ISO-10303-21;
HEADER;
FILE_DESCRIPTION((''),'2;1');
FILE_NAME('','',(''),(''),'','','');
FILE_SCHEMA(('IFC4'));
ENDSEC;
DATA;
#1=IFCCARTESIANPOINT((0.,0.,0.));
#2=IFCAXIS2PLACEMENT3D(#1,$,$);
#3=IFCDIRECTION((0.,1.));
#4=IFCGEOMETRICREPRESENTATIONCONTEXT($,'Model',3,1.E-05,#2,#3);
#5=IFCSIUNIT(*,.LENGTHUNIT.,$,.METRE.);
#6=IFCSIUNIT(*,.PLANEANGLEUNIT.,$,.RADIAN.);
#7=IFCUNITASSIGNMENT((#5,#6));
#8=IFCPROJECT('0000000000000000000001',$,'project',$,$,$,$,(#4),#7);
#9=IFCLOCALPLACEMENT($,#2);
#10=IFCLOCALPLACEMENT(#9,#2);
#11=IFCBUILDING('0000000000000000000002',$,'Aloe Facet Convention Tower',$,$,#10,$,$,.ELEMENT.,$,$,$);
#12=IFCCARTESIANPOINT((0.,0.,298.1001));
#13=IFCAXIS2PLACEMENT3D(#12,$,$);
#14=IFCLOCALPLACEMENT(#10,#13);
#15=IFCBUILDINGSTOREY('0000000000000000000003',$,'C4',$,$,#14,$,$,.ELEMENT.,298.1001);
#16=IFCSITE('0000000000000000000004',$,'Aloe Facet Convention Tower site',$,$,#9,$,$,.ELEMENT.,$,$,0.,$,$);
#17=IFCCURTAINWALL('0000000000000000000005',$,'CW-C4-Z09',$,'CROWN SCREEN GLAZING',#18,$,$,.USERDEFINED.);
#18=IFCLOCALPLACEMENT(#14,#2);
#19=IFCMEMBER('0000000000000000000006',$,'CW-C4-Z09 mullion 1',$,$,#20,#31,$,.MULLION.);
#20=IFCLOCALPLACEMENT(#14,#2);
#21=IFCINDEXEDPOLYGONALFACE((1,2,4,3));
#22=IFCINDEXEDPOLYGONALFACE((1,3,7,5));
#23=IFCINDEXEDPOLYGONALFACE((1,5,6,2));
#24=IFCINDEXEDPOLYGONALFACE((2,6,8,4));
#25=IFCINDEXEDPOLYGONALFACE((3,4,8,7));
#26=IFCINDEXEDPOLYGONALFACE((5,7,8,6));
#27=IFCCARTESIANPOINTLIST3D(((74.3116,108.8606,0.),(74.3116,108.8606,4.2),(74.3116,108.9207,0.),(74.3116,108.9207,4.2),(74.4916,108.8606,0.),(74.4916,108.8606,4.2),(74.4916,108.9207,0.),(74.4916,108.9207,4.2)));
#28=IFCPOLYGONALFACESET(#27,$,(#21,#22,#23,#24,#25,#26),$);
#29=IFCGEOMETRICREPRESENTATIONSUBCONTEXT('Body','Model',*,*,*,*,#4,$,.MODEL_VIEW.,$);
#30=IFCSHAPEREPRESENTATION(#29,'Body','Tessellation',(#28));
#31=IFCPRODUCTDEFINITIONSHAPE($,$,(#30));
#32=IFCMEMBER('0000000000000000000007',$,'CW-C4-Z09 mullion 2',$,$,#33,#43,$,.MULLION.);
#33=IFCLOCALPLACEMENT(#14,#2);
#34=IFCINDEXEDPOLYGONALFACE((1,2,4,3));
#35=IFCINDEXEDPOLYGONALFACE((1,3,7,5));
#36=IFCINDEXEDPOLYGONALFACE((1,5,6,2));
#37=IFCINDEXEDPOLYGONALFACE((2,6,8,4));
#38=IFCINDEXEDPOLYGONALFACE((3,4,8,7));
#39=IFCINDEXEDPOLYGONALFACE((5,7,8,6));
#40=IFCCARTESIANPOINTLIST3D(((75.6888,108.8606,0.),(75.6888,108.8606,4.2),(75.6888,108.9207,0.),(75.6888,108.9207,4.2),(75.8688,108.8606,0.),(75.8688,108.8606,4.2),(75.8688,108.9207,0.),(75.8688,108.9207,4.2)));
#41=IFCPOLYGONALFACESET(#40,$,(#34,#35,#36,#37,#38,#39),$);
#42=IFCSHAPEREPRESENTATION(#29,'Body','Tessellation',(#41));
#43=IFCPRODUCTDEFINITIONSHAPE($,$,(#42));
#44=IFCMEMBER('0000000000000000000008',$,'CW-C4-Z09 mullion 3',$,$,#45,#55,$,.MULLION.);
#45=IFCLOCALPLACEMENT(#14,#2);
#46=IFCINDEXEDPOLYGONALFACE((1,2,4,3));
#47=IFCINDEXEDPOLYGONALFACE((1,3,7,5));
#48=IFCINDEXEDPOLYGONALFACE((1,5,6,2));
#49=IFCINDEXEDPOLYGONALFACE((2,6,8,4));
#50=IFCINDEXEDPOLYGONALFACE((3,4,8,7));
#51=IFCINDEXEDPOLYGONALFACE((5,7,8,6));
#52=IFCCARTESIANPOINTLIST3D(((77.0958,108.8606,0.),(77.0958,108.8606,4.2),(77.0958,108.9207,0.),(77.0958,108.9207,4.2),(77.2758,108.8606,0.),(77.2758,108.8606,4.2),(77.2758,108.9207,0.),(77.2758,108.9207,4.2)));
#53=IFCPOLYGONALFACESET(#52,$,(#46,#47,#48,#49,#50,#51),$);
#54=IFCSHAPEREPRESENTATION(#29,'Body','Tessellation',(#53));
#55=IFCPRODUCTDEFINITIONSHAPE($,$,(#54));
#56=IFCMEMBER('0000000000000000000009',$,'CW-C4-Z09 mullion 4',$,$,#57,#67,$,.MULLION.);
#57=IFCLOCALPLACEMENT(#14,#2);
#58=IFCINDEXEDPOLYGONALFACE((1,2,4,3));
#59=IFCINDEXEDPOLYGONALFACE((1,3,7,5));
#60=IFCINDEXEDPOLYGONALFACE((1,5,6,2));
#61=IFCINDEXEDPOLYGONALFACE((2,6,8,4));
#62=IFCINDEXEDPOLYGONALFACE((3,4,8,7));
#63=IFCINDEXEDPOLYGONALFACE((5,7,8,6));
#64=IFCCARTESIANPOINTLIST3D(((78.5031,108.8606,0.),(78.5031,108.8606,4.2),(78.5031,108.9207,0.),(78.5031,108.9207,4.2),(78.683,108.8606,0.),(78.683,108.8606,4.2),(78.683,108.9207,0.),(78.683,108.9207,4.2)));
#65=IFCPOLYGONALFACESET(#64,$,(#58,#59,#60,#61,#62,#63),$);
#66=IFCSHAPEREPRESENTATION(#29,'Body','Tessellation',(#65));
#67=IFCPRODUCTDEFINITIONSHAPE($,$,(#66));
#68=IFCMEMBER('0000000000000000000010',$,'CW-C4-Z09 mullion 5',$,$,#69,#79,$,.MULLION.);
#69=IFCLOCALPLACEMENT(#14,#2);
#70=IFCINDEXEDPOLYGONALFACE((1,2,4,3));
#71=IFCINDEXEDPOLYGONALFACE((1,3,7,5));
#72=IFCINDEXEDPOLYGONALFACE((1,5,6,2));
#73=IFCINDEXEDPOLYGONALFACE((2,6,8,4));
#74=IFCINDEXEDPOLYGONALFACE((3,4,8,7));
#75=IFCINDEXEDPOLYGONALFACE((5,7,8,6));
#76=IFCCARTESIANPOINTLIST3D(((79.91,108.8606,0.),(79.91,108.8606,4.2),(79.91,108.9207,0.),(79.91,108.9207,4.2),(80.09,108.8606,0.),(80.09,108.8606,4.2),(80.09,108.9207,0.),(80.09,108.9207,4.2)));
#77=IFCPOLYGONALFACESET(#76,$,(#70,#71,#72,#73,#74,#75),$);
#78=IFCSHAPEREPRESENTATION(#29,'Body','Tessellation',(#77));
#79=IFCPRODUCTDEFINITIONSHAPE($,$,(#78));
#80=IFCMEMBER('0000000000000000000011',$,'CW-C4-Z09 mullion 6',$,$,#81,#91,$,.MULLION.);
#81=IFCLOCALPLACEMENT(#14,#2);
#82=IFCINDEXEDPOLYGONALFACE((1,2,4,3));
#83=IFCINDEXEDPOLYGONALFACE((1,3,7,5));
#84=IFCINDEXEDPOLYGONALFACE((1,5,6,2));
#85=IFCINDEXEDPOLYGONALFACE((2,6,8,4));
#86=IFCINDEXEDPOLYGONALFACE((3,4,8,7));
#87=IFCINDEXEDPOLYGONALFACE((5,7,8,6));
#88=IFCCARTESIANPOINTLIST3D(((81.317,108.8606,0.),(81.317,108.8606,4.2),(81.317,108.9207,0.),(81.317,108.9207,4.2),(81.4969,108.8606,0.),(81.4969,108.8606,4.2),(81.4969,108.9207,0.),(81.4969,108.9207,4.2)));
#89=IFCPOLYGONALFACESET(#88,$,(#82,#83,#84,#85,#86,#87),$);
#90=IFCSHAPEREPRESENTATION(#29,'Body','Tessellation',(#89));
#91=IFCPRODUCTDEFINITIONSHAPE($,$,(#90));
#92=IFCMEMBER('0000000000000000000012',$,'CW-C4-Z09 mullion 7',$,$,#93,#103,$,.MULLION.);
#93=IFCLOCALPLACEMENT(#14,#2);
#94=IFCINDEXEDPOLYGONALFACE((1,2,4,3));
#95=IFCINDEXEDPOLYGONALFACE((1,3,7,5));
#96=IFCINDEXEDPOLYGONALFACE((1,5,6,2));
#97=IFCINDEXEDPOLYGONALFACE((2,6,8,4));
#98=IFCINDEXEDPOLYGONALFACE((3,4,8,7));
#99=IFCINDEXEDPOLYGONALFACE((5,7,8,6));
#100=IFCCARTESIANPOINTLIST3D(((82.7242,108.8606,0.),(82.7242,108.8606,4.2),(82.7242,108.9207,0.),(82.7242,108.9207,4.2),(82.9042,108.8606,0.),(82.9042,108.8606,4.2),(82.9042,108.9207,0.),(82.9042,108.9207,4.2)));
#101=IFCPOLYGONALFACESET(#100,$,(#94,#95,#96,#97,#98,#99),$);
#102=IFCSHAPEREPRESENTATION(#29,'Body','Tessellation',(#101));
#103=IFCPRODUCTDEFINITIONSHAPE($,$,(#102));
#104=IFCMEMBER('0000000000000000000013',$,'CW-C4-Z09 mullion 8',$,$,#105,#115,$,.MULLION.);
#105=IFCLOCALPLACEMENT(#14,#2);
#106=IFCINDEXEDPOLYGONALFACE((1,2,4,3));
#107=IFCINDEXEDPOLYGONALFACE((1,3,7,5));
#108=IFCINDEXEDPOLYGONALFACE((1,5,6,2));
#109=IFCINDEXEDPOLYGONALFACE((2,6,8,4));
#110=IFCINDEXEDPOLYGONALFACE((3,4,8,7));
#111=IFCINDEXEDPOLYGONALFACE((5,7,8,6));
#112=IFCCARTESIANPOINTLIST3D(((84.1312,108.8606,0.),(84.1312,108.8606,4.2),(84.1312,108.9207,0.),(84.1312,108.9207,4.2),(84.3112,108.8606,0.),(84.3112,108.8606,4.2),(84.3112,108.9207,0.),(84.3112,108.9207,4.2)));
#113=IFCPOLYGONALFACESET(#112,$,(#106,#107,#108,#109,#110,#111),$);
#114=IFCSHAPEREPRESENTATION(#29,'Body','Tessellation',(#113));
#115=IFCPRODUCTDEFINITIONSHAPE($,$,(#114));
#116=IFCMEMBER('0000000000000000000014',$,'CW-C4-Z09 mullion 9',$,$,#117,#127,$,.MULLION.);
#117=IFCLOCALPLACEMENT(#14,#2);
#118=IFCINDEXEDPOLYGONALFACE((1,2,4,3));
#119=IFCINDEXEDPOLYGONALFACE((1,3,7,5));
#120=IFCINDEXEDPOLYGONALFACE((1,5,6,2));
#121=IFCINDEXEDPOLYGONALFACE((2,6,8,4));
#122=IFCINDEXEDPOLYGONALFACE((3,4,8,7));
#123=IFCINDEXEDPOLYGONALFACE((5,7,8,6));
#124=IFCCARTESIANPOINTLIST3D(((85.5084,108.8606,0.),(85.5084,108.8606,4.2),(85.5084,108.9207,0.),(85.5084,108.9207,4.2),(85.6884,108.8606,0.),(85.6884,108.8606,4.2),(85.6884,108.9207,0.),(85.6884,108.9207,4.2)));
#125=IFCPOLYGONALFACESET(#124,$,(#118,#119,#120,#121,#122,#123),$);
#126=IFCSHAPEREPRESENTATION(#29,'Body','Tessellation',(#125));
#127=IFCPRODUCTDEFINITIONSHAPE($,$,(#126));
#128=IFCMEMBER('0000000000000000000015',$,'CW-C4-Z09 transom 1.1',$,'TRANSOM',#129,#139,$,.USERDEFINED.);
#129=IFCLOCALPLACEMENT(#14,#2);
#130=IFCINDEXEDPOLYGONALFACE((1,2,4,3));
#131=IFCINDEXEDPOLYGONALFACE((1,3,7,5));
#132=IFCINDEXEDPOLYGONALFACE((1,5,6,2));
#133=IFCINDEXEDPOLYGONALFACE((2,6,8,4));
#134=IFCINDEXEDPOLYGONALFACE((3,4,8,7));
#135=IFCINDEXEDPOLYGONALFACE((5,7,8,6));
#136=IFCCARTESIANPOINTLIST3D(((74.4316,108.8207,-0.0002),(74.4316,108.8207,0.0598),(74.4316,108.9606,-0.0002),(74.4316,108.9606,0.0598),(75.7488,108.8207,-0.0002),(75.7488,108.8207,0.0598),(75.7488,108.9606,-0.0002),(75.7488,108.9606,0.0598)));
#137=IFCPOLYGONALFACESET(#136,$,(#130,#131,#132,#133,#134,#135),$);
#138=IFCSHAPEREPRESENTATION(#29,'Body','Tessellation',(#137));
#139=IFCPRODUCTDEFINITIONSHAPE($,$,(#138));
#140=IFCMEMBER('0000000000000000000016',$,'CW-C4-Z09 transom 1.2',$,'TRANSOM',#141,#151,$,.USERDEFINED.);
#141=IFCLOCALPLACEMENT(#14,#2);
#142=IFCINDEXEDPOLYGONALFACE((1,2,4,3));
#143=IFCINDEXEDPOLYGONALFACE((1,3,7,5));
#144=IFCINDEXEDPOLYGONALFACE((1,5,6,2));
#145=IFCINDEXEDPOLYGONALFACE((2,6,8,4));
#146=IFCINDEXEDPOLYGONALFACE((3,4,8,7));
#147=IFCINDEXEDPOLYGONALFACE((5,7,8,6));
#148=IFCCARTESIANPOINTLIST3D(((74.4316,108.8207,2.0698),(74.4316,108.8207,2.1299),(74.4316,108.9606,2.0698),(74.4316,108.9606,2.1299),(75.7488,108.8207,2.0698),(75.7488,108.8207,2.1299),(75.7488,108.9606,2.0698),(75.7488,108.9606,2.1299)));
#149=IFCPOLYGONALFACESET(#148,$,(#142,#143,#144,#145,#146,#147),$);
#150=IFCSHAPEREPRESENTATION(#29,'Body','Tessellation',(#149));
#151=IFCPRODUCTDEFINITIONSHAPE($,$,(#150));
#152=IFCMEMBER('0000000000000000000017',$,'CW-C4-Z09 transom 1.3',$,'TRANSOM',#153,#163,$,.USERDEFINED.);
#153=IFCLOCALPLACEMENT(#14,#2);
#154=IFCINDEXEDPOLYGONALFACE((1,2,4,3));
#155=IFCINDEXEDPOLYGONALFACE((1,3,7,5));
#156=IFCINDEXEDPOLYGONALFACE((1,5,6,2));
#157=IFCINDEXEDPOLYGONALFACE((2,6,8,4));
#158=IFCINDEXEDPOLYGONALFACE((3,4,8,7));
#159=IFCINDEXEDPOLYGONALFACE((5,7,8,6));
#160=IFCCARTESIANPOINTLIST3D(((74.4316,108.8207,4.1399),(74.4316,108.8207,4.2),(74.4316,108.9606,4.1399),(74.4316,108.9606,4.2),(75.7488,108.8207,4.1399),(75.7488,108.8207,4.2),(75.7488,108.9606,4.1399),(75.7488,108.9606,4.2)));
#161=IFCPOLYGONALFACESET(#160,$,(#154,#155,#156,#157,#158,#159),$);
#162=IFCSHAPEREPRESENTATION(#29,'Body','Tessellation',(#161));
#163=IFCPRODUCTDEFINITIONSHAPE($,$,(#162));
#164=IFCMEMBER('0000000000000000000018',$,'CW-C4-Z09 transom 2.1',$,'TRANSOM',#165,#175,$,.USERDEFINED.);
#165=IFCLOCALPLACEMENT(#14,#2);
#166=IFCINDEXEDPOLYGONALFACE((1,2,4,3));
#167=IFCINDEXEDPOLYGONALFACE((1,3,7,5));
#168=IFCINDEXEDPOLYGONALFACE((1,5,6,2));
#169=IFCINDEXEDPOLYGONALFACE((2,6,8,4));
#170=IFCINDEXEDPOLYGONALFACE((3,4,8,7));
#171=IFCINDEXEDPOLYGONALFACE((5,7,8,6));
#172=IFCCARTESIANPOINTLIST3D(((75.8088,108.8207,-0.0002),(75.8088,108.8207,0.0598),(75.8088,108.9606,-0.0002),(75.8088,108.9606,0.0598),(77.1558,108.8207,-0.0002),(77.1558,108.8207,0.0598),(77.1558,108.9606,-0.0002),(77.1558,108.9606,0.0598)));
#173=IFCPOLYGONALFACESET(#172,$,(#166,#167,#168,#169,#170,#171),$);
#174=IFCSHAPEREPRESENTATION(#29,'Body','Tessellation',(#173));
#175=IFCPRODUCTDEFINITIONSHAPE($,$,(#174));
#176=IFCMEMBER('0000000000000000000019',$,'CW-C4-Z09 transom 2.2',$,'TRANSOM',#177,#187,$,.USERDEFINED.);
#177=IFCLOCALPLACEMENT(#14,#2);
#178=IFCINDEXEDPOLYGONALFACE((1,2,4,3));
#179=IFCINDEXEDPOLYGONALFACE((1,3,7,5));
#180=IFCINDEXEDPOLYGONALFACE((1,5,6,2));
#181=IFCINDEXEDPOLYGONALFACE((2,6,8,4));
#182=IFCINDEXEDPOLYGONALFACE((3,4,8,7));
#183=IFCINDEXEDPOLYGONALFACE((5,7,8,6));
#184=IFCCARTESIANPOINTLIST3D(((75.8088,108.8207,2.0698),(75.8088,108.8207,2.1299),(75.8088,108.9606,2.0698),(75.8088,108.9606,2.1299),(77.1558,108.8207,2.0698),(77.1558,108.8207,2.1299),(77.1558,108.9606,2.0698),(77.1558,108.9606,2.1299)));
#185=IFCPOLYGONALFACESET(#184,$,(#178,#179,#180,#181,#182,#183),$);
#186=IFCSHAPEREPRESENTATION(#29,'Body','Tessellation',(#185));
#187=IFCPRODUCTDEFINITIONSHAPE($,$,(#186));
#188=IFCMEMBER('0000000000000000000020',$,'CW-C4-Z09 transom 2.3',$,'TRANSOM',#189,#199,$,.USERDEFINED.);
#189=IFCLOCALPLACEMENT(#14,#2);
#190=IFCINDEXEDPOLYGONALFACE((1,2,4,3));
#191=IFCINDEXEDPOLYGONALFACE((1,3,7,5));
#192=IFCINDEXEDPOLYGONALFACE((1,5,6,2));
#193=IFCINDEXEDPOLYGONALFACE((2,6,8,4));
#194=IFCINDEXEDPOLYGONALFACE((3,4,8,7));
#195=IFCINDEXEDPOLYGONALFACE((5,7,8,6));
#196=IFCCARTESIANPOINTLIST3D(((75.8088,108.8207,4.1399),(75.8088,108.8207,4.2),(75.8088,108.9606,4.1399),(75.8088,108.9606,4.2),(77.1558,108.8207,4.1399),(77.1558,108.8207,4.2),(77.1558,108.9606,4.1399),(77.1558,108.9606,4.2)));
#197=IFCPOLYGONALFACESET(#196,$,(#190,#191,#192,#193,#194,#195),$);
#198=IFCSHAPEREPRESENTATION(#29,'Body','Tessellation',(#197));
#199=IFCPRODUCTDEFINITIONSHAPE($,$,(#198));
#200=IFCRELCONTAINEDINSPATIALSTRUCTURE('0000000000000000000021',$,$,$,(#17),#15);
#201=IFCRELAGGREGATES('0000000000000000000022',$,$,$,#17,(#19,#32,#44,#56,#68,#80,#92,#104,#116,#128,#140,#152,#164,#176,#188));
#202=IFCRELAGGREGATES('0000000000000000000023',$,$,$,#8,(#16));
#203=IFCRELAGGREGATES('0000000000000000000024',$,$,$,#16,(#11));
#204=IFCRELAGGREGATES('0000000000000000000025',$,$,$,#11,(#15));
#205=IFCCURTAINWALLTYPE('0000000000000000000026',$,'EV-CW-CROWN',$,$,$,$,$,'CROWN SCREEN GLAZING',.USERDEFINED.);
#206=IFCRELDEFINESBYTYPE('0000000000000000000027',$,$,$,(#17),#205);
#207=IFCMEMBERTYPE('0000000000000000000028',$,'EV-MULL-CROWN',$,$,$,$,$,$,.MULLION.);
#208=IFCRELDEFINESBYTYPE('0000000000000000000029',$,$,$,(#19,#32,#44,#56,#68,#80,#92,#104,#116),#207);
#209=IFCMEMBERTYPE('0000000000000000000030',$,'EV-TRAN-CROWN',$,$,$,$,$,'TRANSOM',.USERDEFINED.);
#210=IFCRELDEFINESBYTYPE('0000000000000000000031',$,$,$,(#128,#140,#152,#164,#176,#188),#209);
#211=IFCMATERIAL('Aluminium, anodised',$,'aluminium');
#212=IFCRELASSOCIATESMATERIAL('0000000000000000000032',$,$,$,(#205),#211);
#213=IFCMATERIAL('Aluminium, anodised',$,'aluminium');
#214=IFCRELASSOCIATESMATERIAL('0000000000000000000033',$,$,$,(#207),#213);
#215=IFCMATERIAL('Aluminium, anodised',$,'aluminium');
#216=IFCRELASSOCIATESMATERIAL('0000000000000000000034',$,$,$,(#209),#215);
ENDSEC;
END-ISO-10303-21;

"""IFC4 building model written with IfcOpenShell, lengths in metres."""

from ifc_helpers import new_model, si_unit, direction, frame, origin, origin_2d, place, context, subcontext, project, spatial, rectangle, extrude, material, material_profile, profile_set, type_object, element, aggregate, save


model = new_model("IFC4")

# Units and contexts
model_context = context("Model", 3, precision=1e-05, world=origin(), true_north=direction((0.0, 1.0)))
body_context = subcontext(model_context, "Body", "Model", "MODEL_VIEW")
ifc_project = project(units=[si_unit("LENGTHUNIT", "METRE"), si_unit("PLANEANGLEUNIT", "RADIAN")], contexts=[model_context])

# Site, building, storey
site_placement = place(None, origin())
site = spatial("IfcSite", under=ifc_project, at=site_placement, Name="Aloe Facet Convention Tower site", CompositionType="ELEMENT", RefElevation=0.0)
building_placement = place(site_placement, origin())
building = spatial("IfcBuilding", under=site, at=building_placement, Name="Aloe Facet Convention Tower", CompositionType="ELEMENT")
storey_placement = place(building_placement, frame((0.0, 0.0, 298.1001)))
storey = spatial("IfcBuildingStorey", under=building, at=storey_placement, Name="C4", CompositionType="ELEMENT", Elevation=298.1001)

# Curtain wall, members
ifc_material_1 = material(Name="Aluminium, anodised", Category="aluminium")
curtain_wall_type = type_object("IfcCurtainWallType", Name="EV-CW-CROWN", ElementType="CROWN SCREEN GLAZING", PredefinedType="USERDEFINED", material=ifc_material_1)
curtain_wall_placement = place(storey_placement, origin())
curtain_wall = element("IfcCurtainWall", 1, at=curtain_wall_placement, inside=storey, type_object=curtain_wall_type, Name="CW-C4-Z09", ObjectType="CROWN SCREEN GLAZING", PredefinedType="USERDEFINED")
ifc_material_2 = material(Name="Aluminium, anodised", Category="aluminium")
ifc_material_profile_1 = material_profile(ifc_material_2, rectangle(XDim=0.0601, YDim=0.1799, at=origin_2d()), Name="AL 60x180")
ifc_profile_set_1 = profile_set([ifc_material_profile_1], Name="Aluminium, anodised")
member_type_1 = type_object("IfcMemberType", Name="EV-MULL-CROWN", PredefinedType="MULLION", material=ifc_profile_set_1)
member_1_placement = place(storey_placement, frame((74.4016, 108.8906, 0.0), z_axis=(0.0, 0.0, 1.0), x_axis=(0.0, 1.0, 0.0)))
member_1 = element("IfcMember", 2, at=member_1_placement, type_object=member_type_1, Name="CW-C4-Z09 mullion 1", PredefinedType="MULLION", context=body_context, shape_type="SweptSolid", body=[
    extrude(rectangle(XDim=0.0601, YDim=0.1799, at=origin_2d()), origin(), (0.0, 0.0, 1.0), 4.2),
])
member_2_placement = place(storey_placement, frame((75.7788, 108.8906, 0.0), z_axis=(0.0, 0.0, 1.0), x_axis=(0.0, 1.0, 0.0)))
member_2 = element("IfcMember", 3, at=member_2_placement, type_object=member_type_1, Name="CW-C4-Z09 mullion 2", PredefinedType="MULLION", context=body_context, shape_type="SweptSolid", body=[
    extrude(rectangle(XDim=0.0601, YDim=0.1799, at=origin_2d()), origin(), (0.0, 0.0, 1.0), 4.2),
])
member_3_placement = place(storey_placement, frame((77.1858, 108.8906, 0.0), z_axis=(0.0, 0.0, 1.0), x_axis=(0.0, 1.0, 0.0)))
member_3 = element("IfcMember", 4, at=member_3_placement, type_object=member_type_1, Name="CW-C4-Z09 mullion 3", PredefinedType="MULLION", context=body_context, shape_type="SweptSolid", body=[
    extrude(rectangle(XDim=0.0601, YDim=0.1799, at=origin_2d()), origin(), (0.0, 0.0, 1.0), 4.2),
])
member_4_placement = place(storey_placement, frame((78.593, 108.8906, 0.0), z_axis=(0.0, 0.0, 1.0), x_axis=(0.0, 1.0, 0.0)))
member_4 = element("IfcMember", 5, at=member_4_placement, type_object=member_type_1, Name="CW-C4-Z09 mullion 4", PredefinedType="MULLION", context=body_context, shape_type="SweptSolid", body=[
    extrude(rectangle(XDim=0.0601, YDim=0.1799, at=origin_2d()), origin(), (0.0, 0.0, 1.0), 4.2),
])
member_5_placement = place(storey_placement, frame((80.0, 108.8906, 0.0), z_axis=(0.0, 0.0, 1.0), x_axis=(0.0, 1.0, 0.0)))
member_5 = element("IfcMember", 6, at=member_5_placement, type_object=member_type_1, Name="CW-C4-Z09 mullion 5", PredefinedType="MULLION", context=body_context, shape_type="SweptSolid", body=[
    extrude(rectangle(XDim=0.0601, YDim=0.1799, at=origin_2d()), origin(), (0.0, 0.0, 1.0), 4.2),
])
member_6_placement = place(storey_placement, frame((81.407, 108.8906, 0.0), z_axis=(0.0, 0.0, 1.0), x_axis=(0.0, 1.0, 0.0)))
member_6 = element("IfcMember", 7, at=member_6_placement, type_object=member_type_1, Name="CW-C4-Z09 mullion 6", PredefinedType="MULLION", context=body_context, shape_type="SweptSolid", body=[
    extrude(rectangle(XDim=0.0601, YDim=0.1799, at=origin_2d()), origin(), (0.0, 0.0, 1.0), 4.2),
])
member_7_placement = place(storey_placement, frame((82.8142, 108.8906, 0.0), z_axis=(0.0, 0.0, 1.0), x_axis=(0.0, 1.0, 0.0)))
member_7 = element("IfcMember", 8, at=member_7_placement, type_object=member_type_1, Name="CW-C4-Z09 mullion 7", PredefinedType="MULLION", context=body_context, shape_type="SweptSolid", body=[
    extrude(rectangle(XDim=0.0601, YDim=0.1799, at=origin_2d()), origin(), (0.0, 0.0, 1.0), 4.2),
])
member_8_placement = place(storey_placement, frame((84.2212, 108.8906, 0.0), z_axis=(0.0, 0.0, 1.0), x_axis=(0.0, 1.0, 0.0)))
member_8 = element("IfcMember", 9, at=member_8_placement, type_object=member_type_1, Name="CW-C4-Z09 mullion 8", PredefinedType="MULLION", context=body_context, shape_type="SweptSolid", body=[
    extrude(rectangle(XDim=0.0601, YDim=0.1799, at=origin_2d()), origin(), (0.0, 0.0, 1.0), 4.2),
])
member_9_placement = place(storey_placement, frame((85.5984, 108.8906, 0.0), z_axis=(0.0, 0.0, 1.0), x_axis=(0.0, 1.0, 0.0)))
member_9 = element("IfcMember", 10, at=member_9_placement, type_object=member_type_1, Name="CW-C4-Z09 mullion 9", PredefinedType="MULLION", context=body_context, shape_type="SweptSolid", body=[
    extrude(rectangle(XDim=0.0601, YDim=0.1799, at=origin_2d()), origin(), (0.0, 0.0, 1.0), 4.2),
])
ifc_material_3 = material(Name="Aluminium, anodised", Category="aluminium")
ifc_material_profile_2 = material_profile(ifc_material_3, rectangle(XDim=0.1399, YDim=0.0601, at=origin_2d()), Name="AL 140x60")
ifc_profile_set_2 = profile_set([ifc_material_profile_2], Name="Aluminium, anodised")
member_type_2 = type_object("IfcMemberType", Name="EV-TRAN-CROWN", ElementType="TRANSOM", PredefinedType="USERDEFINED", material=ifc_profile_set_2)
member_10_placement = place(storey_placement, frame((74.4316, 108.8906, 0.0298), z_axis=(1.0, 0.0, 0.0), x_axis=(0.0, 1.0, 0.0)))
member_10 = element("IfcMember", 11, at=member_10_placement, type_object=member_type_2, Name="CW-C4-Z09 transom 1.1", ObjectType="TRANSOM", PredefinedType="USERDEFINED", context=body_context, shape_type="SweptSolid", body=[
    extrude(rectangle(XDim=0.1399, YDim=0.0601, at=origin_2d()), origin(), (0.0, 0.0, 1.0), 1.3171),
])
member_11_placement = place(storey_placement, frame((74.4316, 108.8906, 2.0999), z_axis=(1.0, 0.0, 0.0), x_axis=(0.0, 1.0, 0.0)))
member_11 = element("IfcMember", 12, at=member_11_placement, type_object=member_type_2, Name="CW-C4-Z09 transom 1.2", ObjectType="TRANSOM", PredefinedType="USERDEFINED", context=body_context, shape_type="SweptSolid", body=[
    extrude(rectangle(XDim=0.1399, YDim=0.0601, at=origin_2d()), origin(), (0.0, 0.0, 1.0), 1.3171),
])
member_12_placement = place(storey_placement, frame((74.4316, 108.8906, 4.1699), z_axis=(1.0, 0.0, 0.0), x_axis=(0.0, 1.0, 0.0)))
member_12 = element("IfcMember", 13, at=member_12_placement, type_object=member_type_2, Name="CW-C4-Z09 transom 1.3", ObjectType="TRANSOM", PredefinedType="USERDEFINED", context=body_context, shape_type="SweptSolid", body=[
    extrude(rectangle(XDim=0.1399, YDim=0.0601, at=origin_2d()), origin(), (0.0, 0.0, 1.0), 1.3171),
])
member_13_placement = place(storey_placement, frame((75.8088, 108.8906, 0.0298), z_axis=(1.0, 0.0, 0.0), x_axis=(0.0, 1.0, 0.0)))
member_13 = element("IfcMember", 14, at=member_13_placement, type_object=member_type_2, Name="CW-C4-Z09 transom 2.1", ObjectType="TRANSOM", PredefinedType="USERDEFINED", context=body_context, shape_type="SweptSolid", body=[
    extrude(rectangle(XDim=0.1399, YDim=0.0601, at=origin_2d()), origin(), (0.0, 0.0, 1.0), 1.3469),
])
member_14_placement = place(storey_placement, frame((75.8088, 108.8906, 2.0999), z_axis=(1.0, 0.0, 0.0), x_axis=(0.0, 1.0, 0.0)))
member_14 = element("IfcMember", 15, at=member_14_placement, type_object=member_type_2, Name="CW-C4-Z09 transom 2.2", ObjectType="TRANSOM", PredefinedType="USERDEFINED", context=body_context, shape_type="SweptSolid", body=[
    extrude(rectangle(XDim=0.1399, YDim=0.0601, at=origin_2d()), origin(), (0.0, 0.0, 1.0), 1.3469),
])
member_15_placement = place(storey_placement, frame((75.8088, 108.8906, 4.1699), z_axis=(1.0, 0.0, 0.0), x_axis=(0.0, 1.0, 0.0)))
member_15 = element("IfcMember", 16, at=member_15_placement, type_object=member_type_2, Name="CW-C4-Z09 transom 2.3", ObjectType="TRANSOM", PredefinedType="USERDEFINED", context=body_context, shape_type="SweptSolid", body=[
    extrude(rectangle(XDim=0.1399, YDim=0.0601, at=origin_2d()), origin(), (0.0, 0.0, 1.0), 1.3469),
])
aggregate(curtain_wall, [member_1, member_2, member_3, member_4, member_5, member_6, member_7, member_8, member_9, member_10, member_11, member_12, member_13, member_14, member_15])

save(model, "model.ifc")
